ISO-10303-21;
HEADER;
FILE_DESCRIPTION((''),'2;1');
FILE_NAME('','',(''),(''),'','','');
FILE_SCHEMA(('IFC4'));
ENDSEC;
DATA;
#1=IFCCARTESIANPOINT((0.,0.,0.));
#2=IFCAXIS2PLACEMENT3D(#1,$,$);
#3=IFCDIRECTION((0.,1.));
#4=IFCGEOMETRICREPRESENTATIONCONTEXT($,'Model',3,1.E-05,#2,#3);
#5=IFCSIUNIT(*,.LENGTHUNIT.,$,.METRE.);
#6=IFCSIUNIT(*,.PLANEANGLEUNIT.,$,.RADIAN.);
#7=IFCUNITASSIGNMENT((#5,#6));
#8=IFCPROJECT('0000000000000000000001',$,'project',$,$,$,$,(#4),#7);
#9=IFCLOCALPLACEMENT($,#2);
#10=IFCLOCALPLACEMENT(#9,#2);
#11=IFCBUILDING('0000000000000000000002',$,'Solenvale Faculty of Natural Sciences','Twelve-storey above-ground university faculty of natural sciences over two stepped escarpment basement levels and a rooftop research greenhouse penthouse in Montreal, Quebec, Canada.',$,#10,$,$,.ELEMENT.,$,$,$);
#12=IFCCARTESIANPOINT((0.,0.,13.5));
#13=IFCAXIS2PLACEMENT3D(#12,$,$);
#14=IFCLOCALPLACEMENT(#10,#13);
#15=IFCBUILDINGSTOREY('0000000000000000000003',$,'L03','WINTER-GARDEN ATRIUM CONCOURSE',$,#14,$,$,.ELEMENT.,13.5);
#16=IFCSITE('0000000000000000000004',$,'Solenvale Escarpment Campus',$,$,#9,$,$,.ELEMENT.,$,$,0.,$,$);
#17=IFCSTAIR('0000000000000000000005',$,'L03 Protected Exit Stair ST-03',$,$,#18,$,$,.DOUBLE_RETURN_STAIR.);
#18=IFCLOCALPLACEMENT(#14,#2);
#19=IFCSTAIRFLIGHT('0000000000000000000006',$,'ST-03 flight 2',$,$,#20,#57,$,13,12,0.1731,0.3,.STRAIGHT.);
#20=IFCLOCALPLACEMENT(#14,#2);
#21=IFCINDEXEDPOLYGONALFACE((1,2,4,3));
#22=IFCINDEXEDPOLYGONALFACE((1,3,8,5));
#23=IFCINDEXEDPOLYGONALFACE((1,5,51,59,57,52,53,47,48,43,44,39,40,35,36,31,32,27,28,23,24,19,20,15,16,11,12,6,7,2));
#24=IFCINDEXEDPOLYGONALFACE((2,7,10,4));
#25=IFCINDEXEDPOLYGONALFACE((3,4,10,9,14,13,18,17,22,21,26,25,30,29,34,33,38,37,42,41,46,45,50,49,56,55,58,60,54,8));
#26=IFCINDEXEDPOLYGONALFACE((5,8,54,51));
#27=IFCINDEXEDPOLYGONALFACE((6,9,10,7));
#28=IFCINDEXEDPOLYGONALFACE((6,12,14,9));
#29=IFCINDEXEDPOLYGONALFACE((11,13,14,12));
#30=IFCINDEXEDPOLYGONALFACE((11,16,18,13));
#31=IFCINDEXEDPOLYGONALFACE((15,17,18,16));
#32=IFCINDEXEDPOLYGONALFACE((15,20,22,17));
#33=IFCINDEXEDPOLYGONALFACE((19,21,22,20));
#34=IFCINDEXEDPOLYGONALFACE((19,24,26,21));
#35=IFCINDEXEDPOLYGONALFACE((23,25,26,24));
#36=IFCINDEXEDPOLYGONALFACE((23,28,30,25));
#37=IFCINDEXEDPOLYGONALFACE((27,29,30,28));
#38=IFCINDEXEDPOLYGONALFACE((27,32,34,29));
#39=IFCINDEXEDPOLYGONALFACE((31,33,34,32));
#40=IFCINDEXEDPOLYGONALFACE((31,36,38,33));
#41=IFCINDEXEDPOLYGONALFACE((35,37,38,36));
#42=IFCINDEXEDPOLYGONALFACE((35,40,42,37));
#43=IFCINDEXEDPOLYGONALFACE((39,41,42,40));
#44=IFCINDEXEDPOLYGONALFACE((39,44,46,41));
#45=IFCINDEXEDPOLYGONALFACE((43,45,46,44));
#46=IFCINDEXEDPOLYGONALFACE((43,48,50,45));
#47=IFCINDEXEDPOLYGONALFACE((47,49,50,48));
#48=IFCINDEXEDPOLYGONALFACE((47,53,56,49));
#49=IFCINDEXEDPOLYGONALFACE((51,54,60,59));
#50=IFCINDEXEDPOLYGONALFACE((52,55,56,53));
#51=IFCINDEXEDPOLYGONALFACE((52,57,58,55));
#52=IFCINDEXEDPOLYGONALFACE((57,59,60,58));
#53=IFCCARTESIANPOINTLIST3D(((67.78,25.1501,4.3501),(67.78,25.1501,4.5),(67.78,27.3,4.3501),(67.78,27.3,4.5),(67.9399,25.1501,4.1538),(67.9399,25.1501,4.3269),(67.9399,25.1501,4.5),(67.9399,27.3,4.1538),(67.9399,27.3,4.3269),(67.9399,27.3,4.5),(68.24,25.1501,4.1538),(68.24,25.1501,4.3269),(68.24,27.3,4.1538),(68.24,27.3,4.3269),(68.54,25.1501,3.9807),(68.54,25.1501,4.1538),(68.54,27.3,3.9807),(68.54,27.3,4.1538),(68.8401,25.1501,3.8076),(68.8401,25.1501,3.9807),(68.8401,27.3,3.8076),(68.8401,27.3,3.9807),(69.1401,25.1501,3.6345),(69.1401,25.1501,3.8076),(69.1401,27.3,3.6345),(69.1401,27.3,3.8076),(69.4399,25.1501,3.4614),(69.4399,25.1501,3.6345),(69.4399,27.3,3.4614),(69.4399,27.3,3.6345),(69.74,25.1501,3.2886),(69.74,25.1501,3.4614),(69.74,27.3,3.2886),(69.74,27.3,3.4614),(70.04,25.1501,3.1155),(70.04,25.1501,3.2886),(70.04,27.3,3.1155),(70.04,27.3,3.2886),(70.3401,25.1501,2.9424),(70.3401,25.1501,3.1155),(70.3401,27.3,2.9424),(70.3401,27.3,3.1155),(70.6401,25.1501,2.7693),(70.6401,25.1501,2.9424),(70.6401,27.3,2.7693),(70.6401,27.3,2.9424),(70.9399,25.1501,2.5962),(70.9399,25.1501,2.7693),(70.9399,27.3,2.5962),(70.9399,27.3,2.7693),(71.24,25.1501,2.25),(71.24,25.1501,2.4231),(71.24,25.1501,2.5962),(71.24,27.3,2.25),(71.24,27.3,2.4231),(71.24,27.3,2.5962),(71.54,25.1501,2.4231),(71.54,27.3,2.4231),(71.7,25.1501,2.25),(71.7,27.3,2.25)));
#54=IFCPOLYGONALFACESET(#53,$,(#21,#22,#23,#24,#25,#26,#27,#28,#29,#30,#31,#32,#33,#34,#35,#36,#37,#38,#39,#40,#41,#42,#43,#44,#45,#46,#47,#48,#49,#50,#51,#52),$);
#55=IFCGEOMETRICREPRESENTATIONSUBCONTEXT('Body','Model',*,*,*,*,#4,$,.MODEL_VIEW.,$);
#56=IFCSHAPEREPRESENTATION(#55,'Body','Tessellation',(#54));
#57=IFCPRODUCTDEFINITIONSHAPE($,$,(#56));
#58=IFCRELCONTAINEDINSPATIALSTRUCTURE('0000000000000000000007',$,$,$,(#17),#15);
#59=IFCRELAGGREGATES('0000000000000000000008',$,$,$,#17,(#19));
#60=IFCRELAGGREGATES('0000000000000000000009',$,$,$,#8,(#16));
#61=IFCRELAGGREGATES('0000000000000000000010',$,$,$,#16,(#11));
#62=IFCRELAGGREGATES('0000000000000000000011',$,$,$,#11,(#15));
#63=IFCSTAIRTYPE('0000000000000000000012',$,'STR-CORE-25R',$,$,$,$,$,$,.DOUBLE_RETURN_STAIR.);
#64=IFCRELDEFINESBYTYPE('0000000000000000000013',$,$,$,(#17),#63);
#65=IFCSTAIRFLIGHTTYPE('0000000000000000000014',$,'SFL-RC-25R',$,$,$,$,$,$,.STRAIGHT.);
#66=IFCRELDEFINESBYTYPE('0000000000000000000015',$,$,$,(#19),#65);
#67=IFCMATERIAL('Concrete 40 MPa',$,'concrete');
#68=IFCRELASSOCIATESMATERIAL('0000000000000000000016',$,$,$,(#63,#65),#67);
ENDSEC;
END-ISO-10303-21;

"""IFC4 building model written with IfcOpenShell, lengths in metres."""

from ifc_helpers import new_model, si_unit, direction, frame, origin, place, context, subcontext, project, spatial, polyline, outline, extrude, material, type_object, element, aggregate, save


model = new_model("IFC4")

# Units and contexts
model_context = context("Model", 3, precision=1e-05, world=origin(), true_north=direction((0.0, 1.0)))
body_context = subcontext(model_context, "Body", "Model", "MODEL_VIEW")
ifc_project = project(units=[si_unit("LENGTHUNIT", "METRE"), si_unit("PLANEANGLEUNIT", "RADIAN")], contexts=[model_context])

# Site, building, storey
site_placement = place(None, origin())
site = spatial("IfcSite", under=ifc_project, at=site_placement, Name="Solenvale Escarpment Campus", CompositionType="ELEMENT", RefElevation=0.0)
building_placement = place(site_placement, origin())
building = spatial("IfcBuilding", under=site, at=building_placement, Name="Solenvale Faculty of Natural Sciences", Description="Twelve-storey above-ground university faculty of natural sciences over two stepped escarpment basement levels and a rooftop research greenhouse penthouse in Montreal, Quebec, Canada.", CompositionType="ELEMENT")
storey_placement = place(building_placement, frame((0.0, 0.0, 13.5)))
storey = spatial("IfcBuildingStorey", under=building, at=storey_placement, Name="L03", Description="WINTER-GARDEN ATRIUM CONCOURSE", CompositionType="ELEMENT", Elevation=13.5)

# Shared definitions
ifc_material_1 = material(Name="Concrete 40 MPa", Category="concrete")

# Stair, stair flight
stair_type = type_object("IfcStairType", Name="STR-CORE-25R", PredefinedType="DOUBLE_RETURN_STAIR", material=ifc_material_1)
stair_placement = place(storey_placement, origin())
stair = element("IfcStair", 1, at=stair_placement, inside=storey, type_object=stair_type, Name="L03 Protected Exit Stair ST-03", PredefinedType="DOUBLE_RETURN_STAIR")
stair_flight_type = type_object("IfcStairFlightType", Name="SFL-RC-25R", PredefinedType="STRAIGHT", material=ifc_material_1)
stair_flight_placement = place(storey_placement, frame((71.54, 26.2251, 2.25), z_axis=(0.0, 0.0, 1.0), x_axis=(-1.0, 0.0, 0.0)))
stair_flight = element("IfcStairFlight", 2, at=stair_flight_placement, type_object=stair_flight_type, Name="ST-03 flight 2", NumberOfRisers=13, NumberOfTreads=12, PredefinedType="STRAIGHT", RiserHeight=0.1731, TreadLength=0.3, context=body_context, shape_type="SweptSolid", body=[
    extrude(outline(polyline([(-0.1599, 0.0), (0.0, 0.1731), (0.3, 0.1731), (0.3, 0.3462), (0.6001, 0.3462), (0.6001, 0.5193), (0.8999, 0.5193), (0.8999, 0.6924), (1.2, 0.6924), (1.2, 0.8655), (1.5, 0.8655), (1.5, 1.0386), (1.8, 1.0386), (1.8, 1.2114), (2.1001, 1.2114), (2.1001, 1.3845), (2.3999, 1.3845), (2.3999, 1.5576), (2.7, 1.5576), (2.7, 1.7307), (3.0, 1.7307), (3.0, 1.9038), (3.3, 1.9038), (3.3, 2.0769), (3.6001, 2.0769), (3.6001, 2.25), (3.76, 2.25), (3.76, 2.1001), (3.6001, 1.9038), (0.3, 0.0), (-0.1599, 0.0)])), frame((0.0, 1.075, 0.0), z_axis=(0.0, -1.0, 0.0), x_axis=(1.0, 0.0, 0.0)), (0.0, 0.0, 1.0), 2.1499),
])
aggregate(stair, [stair_flight])

save(model, "model.ifc")
